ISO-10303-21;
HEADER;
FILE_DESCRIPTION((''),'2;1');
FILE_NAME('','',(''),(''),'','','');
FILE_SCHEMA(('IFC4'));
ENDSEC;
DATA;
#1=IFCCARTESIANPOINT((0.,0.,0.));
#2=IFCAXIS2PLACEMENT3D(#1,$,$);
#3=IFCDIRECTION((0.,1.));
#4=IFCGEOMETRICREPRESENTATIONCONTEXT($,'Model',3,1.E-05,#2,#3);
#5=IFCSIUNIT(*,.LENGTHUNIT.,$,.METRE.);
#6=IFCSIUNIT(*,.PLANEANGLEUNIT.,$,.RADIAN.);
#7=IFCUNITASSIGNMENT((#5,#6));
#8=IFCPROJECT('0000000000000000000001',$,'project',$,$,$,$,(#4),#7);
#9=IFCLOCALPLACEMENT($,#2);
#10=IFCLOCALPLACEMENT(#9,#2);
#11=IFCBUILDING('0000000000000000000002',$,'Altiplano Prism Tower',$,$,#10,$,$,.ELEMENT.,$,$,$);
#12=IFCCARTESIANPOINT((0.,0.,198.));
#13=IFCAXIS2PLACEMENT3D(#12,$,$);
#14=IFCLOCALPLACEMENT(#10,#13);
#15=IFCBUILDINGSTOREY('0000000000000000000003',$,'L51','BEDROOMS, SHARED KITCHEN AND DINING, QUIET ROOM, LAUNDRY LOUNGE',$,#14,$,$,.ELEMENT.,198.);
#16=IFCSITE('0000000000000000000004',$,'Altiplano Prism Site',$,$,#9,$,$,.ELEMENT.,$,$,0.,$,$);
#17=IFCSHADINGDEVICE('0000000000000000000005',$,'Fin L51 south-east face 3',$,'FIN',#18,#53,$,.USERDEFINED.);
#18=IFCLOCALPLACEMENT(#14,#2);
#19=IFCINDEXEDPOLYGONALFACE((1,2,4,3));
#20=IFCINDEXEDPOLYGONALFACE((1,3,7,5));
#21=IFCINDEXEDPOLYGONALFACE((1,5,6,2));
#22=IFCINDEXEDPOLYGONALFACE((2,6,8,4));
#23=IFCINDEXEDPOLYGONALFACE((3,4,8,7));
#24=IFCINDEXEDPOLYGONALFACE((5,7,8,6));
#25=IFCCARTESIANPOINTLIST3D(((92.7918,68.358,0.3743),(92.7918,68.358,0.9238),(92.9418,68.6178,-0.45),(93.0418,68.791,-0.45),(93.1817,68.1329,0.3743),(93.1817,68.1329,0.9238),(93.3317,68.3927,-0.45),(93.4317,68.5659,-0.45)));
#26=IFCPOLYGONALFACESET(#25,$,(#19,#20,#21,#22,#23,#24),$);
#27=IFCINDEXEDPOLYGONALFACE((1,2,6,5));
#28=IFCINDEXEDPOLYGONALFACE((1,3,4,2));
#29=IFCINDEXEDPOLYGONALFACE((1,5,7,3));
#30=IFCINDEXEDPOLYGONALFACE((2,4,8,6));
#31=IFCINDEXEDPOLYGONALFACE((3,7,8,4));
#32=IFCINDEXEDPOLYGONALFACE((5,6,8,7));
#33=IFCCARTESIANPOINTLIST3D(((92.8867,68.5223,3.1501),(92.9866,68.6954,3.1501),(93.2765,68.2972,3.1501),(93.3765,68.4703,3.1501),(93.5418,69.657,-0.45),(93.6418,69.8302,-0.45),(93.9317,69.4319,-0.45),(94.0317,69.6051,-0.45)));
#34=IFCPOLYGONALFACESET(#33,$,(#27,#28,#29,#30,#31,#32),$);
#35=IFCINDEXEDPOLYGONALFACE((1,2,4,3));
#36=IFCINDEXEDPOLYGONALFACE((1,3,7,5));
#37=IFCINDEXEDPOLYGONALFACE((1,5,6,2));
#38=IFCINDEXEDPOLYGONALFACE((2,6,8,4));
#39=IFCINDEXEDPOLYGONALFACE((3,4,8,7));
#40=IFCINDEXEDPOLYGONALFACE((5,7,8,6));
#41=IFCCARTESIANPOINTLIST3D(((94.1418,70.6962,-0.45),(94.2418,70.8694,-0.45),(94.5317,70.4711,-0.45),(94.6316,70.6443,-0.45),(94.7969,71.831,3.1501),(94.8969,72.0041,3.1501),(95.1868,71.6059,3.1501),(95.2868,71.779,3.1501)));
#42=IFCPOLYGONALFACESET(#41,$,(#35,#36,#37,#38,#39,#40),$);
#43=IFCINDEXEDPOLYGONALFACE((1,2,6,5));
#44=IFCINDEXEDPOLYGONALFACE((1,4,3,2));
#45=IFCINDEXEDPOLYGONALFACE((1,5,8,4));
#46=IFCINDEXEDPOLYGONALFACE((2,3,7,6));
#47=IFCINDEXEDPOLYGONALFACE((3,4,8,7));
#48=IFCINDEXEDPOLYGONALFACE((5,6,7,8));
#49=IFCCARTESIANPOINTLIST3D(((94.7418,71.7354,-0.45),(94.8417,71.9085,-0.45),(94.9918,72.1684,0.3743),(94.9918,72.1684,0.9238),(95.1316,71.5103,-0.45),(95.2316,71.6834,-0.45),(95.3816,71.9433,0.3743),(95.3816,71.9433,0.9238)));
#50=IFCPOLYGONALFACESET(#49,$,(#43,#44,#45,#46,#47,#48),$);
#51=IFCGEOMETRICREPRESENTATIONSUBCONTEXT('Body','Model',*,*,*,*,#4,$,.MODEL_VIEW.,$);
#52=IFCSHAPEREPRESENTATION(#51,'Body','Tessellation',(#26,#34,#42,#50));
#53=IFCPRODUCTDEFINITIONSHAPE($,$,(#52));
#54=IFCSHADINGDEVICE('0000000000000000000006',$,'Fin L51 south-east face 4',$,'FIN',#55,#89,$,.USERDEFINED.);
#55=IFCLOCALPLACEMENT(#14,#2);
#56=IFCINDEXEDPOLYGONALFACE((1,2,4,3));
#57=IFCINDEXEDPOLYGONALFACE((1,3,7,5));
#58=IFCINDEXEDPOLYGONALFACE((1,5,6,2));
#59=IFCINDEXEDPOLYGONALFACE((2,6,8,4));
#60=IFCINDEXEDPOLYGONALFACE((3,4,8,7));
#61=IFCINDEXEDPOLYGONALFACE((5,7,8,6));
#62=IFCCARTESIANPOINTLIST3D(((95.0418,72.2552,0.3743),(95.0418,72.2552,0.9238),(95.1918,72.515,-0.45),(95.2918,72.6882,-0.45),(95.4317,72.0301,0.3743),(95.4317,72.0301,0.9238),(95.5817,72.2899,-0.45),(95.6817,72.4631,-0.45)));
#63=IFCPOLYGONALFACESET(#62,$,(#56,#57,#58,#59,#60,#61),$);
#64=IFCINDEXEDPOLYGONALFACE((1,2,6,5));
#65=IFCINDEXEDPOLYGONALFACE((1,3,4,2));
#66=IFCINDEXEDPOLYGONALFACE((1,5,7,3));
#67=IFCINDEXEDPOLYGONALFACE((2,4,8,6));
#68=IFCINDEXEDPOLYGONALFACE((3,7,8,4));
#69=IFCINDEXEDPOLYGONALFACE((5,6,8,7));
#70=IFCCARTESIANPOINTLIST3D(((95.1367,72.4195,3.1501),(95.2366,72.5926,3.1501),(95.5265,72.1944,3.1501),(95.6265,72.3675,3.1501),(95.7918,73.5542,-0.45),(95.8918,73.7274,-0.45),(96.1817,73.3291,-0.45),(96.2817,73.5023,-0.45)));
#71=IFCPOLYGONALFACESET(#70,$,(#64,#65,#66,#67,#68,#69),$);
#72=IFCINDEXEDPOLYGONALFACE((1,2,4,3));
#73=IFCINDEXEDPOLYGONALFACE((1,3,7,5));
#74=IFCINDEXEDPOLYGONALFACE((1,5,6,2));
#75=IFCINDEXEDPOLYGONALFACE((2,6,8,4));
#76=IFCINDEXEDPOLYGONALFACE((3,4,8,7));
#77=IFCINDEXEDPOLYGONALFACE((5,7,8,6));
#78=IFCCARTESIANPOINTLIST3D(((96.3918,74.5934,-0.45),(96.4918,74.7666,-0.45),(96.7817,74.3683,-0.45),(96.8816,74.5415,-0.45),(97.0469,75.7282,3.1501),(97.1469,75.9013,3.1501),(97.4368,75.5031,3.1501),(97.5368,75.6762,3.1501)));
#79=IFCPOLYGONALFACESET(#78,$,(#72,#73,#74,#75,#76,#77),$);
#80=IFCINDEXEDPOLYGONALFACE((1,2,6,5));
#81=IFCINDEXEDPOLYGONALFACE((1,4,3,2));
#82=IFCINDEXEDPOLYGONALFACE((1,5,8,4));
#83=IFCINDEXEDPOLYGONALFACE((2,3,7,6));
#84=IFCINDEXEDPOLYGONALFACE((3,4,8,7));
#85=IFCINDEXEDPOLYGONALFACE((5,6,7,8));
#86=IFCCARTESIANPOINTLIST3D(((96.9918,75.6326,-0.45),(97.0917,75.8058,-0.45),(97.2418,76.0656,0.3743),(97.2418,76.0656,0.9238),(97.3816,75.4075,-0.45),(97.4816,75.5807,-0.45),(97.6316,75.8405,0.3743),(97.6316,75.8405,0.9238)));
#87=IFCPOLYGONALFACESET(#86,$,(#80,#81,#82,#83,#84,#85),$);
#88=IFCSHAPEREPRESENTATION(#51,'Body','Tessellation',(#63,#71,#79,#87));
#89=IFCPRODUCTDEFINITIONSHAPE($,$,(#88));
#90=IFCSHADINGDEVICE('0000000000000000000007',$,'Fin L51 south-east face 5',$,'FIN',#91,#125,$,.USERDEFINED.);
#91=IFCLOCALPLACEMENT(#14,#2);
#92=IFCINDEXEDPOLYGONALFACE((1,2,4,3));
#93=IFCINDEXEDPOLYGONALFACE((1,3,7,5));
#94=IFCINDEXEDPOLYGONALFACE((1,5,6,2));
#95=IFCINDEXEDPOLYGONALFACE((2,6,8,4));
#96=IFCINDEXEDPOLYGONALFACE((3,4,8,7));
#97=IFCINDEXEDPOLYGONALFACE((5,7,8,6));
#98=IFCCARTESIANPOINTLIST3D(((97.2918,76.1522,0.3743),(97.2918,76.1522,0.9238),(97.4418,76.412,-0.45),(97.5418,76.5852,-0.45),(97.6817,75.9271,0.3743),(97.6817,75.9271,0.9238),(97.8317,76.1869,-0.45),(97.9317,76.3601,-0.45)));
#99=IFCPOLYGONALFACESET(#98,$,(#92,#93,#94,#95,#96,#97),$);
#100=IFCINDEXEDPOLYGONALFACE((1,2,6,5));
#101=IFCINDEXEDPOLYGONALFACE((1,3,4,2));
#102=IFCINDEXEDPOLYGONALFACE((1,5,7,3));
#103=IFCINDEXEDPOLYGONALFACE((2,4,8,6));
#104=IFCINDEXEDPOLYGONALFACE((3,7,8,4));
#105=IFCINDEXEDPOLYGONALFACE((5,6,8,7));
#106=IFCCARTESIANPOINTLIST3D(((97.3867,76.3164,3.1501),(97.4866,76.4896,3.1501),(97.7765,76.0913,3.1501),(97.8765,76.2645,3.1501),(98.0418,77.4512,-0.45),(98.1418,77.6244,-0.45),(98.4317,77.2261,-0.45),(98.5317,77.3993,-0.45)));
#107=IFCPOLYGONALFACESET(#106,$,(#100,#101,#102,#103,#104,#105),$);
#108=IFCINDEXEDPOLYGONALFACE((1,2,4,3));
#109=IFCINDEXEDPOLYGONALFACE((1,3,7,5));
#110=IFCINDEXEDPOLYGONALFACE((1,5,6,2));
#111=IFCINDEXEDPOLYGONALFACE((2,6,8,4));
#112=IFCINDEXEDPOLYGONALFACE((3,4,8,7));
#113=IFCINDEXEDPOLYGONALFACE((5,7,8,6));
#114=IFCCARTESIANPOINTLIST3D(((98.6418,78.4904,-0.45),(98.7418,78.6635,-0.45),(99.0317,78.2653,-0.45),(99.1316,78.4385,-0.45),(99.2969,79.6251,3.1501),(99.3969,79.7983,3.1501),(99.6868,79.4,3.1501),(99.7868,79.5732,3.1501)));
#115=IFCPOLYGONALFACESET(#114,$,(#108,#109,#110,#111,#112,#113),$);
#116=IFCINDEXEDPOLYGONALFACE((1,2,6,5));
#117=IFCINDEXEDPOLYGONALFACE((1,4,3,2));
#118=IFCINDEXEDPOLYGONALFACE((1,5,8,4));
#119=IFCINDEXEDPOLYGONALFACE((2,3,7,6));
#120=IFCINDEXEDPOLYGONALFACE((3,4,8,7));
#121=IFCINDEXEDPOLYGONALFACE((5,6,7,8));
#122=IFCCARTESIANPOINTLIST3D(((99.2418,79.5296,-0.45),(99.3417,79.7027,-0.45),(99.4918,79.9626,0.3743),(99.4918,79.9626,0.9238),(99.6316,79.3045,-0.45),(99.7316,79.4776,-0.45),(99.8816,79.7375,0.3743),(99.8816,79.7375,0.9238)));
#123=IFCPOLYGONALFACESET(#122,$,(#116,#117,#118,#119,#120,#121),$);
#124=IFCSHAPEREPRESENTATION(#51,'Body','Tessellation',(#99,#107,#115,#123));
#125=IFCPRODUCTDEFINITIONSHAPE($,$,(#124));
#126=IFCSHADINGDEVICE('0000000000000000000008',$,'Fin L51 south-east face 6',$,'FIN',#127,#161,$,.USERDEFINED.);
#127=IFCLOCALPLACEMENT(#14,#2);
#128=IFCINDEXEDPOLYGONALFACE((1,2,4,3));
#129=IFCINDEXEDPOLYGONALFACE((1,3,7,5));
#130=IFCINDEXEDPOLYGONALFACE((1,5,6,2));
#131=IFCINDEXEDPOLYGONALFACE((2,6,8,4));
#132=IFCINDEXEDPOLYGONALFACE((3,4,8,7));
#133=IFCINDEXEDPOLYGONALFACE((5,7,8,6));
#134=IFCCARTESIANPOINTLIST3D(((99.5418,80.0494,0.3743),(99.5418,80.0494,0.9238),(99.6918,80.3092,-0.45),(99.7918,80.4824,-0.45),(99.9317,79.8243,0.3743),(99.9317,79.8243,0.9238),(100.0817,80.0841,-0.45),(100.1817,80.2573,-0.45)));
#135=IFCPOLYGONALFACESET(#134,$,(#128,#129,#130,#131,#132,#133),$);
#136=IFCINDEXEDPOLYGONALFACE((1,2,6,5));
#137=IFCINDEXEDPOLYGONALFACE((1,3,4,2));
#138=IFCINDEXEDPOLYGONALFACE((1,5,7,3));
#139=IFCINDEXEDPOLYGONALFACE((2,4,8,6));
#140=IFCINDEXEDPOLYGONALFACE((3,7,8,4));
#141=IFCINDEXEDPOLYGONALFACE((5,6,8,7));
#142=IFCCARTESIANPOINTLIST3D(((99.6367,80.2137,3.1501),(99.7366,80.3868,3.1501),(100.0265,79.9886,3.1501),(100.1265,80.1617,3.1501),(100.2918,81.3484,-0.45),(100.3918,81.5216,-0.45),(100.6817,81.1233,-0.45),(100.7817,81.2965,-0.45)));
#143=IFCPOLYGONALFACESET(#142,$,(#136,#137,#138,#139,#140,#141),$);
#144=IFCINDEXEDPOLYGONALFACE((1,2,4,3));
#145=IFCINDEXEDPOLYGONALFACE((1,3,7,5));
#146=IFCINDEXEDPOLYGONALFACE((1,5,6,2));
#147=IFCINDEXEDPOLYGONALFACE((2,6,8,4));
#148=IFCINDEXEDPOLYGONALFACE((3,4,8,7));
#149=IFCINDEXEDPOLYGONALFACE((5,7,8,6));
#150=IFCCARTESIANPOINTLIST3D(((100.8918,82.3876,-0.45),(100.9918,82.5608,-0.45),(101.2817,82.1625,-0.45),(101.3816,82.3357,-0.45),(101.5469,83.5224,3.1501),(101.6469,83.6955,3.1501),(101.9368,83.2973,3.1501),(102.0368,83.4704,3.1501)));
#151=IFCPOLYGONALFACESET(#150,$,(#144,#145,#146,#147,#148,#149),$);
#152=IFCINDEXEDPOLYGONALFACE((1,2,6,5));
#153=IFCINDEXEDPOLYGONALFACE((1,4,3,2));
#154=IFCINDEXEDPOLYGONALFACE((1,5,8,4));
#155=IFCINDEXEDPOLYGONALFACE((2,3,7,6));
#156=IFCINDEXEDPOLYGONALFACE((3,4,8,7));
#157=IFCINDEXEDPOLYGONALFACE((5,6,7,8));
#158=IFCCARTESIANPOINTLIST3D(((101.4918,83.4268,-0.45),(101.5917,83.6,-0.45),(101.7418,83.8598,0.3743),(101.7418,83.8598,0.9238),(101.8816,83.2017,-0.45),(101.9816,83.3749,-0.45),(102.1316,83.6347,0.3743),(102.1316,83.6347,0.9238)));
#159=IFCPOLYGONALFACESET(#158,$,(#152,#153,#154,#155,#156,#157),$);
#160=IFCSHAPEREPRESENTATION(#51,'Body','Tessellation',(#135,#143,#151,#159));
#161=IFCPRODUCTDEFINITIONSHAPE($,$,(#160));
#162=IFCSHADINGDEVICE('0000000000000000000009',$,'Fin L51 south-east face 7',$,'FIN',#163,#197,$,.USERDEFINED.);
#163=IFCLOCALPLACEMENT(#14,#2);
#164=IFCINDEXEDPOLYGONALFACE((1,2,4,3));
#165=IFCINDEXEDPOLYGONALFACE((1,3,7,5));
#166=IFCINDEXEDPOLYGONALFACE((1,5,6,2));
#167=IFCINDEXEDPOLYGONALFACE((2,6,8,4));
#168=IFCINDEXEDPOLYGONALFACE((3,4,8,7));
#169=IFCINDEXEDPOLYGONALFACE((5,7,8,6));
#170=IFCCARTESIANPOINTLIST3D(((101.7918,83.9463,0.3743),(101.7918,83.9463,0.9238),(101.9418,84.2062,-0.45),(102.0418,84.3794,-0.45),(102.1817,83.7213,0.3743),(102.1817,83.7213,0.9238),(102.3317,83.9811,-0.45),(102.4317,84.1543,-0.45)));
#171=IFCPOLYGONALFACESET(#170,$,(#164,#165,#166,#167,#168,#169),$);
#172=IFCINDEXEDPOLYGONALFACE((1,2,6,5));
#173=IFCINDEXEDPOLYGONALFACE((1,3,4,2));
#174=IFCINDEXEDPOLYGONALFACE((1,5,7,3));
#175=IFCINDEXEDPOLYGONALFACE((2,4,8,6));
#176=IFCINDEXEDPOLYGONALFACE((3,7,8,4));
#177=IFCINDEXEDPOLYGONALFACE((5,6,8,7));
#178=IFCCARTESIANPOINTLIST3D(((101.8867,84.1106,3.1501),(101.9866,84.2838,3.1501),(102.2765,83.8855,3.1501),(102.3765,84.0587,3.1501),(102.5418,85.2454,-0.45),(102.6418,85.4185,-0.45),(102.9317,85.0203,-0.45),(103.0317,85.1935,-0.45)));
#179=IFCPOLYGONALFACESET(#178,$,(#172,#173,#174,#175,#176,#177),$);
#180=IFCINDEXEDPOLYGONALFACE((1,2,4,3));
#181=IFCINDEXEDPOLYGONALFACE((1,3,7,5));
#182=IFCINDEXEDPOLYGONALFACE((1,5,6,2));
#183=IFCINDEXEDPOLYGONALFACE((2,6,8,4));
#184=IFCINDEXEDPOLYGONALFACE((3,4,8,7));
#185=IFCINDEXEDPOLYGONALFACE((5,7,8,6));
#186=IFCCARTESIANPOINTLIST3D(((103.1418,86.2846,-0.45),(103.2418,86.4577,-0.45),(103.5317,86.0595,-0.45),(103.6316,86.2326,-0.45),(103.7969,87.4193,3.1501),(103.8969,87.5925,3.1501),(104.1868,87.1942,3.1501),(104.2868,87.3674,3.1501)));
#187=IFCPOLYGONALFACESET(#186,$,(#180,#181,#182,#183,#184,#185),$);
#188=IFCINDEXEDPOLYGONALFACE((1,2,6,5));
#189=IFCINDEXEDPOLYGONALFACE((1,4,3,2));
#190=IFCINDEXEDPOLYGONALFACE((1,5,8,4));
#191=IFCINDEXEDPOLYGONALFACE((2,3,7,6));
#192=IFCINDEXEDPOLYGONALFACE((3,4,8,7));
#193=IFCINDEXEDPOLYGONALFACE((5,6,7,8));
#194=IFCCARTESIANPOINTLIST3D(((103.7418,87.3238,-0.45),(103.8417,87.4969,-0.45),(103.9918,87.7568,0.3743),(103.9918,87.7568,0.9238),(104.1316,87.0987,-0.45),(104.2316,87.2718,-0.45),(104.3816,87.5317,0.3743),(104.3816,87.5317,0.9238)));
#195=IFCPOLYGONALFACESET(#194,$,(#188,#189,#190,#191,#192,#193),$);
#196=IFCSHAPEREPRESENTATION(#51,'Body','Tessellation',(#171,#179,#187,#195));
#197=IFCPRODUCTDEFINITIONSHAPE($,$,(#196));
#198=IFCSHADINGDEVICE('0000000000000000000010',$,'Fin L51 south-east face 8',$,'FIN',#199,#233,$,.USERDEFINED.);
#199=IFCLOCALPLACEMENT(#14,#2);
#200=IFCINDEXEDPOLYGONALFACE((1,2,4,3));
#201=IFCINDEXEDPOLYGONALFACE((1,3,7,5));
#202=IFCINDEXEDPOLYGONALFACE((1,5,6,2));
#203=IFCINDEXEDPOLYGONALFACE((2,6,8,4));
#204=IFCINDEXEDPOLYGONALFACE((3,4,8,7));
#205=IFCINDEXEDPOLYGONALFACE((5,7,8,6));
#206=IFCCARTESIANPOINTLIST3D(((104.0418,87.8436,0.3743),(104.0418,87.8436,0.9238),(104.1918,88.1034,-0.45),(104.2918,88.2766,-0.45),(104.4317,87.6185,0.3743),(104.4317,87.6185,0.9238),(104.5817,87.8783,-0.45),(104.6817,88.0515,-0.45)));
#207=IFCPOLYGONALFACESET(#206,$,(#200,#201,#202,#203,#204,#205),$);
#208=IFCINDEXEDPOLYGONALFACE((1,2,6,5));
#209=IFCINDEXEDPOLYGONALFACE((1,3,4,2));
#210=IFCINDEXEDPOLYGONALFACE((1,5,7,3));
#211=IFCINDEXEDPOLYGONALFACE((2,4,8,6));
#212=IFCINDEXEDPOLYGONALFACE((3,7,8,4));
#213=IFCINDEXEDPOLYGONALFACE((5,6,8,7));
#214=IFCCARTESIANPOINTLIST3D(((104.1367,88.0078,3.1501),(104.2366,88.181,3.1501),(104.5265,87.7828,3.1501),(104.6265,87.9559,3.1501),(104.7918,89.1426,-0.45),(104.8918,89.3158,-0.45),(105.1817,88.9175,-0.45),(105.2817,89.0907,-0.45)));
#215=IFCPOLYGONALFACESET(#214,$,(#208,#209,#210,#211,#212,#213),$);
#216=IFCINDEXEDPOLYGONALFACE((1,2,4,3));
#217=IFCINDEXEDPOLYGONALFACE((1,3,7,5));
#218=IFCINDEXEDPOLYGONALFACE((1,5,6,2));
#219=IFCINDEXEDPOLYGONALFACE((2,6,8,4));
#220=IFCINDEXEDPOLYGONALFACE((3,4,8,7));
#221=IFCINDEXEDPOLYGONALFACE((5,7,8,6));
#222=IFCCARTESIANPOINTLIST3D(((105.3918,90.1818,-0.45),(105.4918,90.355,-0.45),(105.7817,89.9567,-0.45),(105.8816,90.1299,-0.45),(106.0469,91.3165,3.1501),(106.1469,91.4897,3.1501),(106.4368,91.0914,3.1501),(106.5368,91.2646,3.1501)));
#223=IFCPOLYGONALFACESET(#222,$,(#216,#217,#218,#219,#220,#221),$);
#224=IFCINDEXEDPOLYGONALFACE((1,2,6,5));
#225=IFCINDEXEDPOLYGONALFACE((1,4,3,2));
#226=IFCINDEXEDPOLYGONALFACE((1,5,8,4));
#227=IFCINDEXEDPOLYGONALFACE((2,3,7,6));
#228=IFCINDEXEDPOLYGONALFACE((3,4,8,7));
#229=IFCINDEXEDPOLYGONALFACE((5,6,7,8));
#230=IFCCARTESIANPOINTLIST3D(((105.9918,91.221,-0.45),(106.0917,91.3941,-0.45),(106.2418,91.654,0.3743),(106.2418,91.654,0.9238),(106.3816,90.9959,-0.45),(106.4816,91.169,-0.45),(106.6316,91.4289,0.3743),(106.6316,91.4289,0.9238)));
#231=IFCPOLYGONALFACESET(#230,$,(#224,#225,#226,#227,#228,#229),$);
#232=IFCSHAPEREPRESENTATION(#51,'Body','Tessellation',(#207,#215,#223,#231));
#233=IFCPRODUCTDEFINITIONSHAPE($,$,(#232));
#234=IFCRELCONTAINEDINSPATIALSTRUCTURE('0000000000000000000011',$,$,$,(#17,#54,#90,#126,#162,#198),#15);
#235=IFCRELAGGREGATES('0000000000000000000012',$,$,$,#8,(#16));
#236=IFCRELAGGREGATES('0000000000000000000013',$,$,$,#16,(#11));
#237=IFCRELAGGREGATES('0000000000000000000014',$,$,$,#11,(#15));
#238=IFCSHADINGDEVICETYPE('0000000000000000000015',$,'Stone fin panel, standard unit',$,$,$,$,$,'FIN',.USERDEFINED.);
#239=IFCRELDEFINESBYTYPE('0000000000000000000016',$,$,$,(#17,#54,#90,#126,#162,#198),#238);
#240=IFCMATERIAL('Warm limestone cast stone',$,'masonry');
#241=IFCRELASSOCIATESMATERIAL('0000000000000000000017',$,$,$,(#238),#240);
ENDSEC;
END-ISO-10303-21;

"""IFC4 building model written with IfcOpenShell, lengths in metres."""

from ifc_helpers import new_model, si_unit, direction, frame, origin, place, context, subcontext, project, spatial, polyline, outline, extrude, source, transform, mapped, material, type_object, element, save


model = new_model("IFC4")

# Units and contexts
model_context = context("Model", 3, precision=1e-05, world=origin(), true_north=direction((0.0, 1.0)))
body_context = subcontext(model_context, "Body", "Model", "MODEL_VIEW")
ifc_project = project(units=[si_unit("LENGTHUNIT", "METRE"), si_unit("PLANEANGLEUNIT", "RADIAN")], contexts=[model_context])

# Site, building, storey
site_placement = place(None, origin())
site = spatial("IfcSite", under=ifc_project, at=site_placement, Name="Altiplano Prism Site", CompositionType="ELEMENT", RefElevation=0.0)
building_placement = place(site_placement, origin())
building = spatial("IfcBuilding", under=site, at=building_placement, Name="Altiplano Prism Tower", CompositionType="ELEMENT")
storey_placement = place(building_placement, frame((0.0, 0.0, 198.0)))
storey = spatial("IfcBuildingStorey", under=building, at=storey_placement, Name="L51", Description="BEDROOMS, SHARED KITCHEN AND DINING, QUIET ROOM, LAUNDRY LOUNGE", CompositionType="ELEMENT", Elevation=198.0)

# Shading devices
ifc_material_1 = material(Name="Warm limestone cast stone", Category="masonry")
shading_device_type_1 = type_object("IfcShadingDeviceType", Name="Stone fin panel, standard unit", ElementType="FIN", PredefinedType="USERDEFINED", material=ifc_material_1)
shared_shape_1 = source(origin(), body_context, "Body", "SweptSolid", [
    extrude(outline(polyline([(-2.2, 1.3738), (-2.2, 0.8242), (-1.8999, 0.0), (-1.7, 0.0), (-2.2, 1.3738)])), frame((0.0, -0.1499, 0.0), z_axis=(0.0, -1.0, 0.0), x_axis=(1.0, 0.0, 0.0)), (0.0, 0.0, 1.0), 0.4502),
    extrude(outline(polyline([(-2.0103, 3.6001), (-0.7, 0.0), (-0.5, 0.0), (-1.8103, 3.6001), (-2.0103, 3.6001)])), frame((0.0, -0.1499, 0.0), z_axis=(0.0, -1.0, 0.0), x_axis=(1.0, 0.0, 0.0)), (0.0, 0.0, 1.0), 0.4502),
    extrude(outline(polyline([(1.8103, 3.6001), (0.5, 0.0), (0.7, 0.0), (2.0103, 3.6001), (1.8103, 3.6001)])), frame((0.0, -0.1499, 0.0), z_axis=(0.0, -1.0, 0.0), x_axis=(1.0, 0.0, 0.0)), (0.0, 0.0, 1.0), 0.4502),
    extrude(outline(polyline([(2.2, 0.8242), (2.2, 1.3738), (1.7, 0.0), (1.8999, 0.0), (2.2, 0.8242)])), frame((0.0, -0.1499, 0.0), z_axis=(0.0, -1.0, 0.0), x_axis=(1.0, 0.0, 0.0)), (0.0, 0.0, 1.0), 0.4502),
])
shading_device_1_placement = place(storey_placement, origin())
element("IfcShadingDevice", 1, at=shading_device_1_placement, inside=storey, type_object=shading_device_type_1, Name="Fin L51 south-east face 3", ObjectType="FIN", PredefinedType="USERDEFINED", context=body_context, shape_type="MappedRepresentation", body=[
    mapped(shared_shape_1, transform((93.762, 70.3381, -0.45), x_axis=(0.5, 0.866025, 0.0), y_axis=(-0.866025, 0.5, 0.0), z_axis=(0.0, 0.0, 1.0))),
])
shading_device_2_placement = place(storey_placement, origin())
element("IfcShadingDevice", 2, at=shading_device_2_placement, inside=storey, type_object=shading_device_type_1, Name="Fin L51 south-east face 4", ObjectType="FIN", PredefinedType="USERDEFINED", context=body_context, shape_type="MappedRepresentation", body=[
    mapped(shared_shape_1, transform((96.012, 74.2354, -0.45), x_axis=(0.5, 0.866025, 0.0), y_axis=(-0.866025, 0.5, 0.0), z_axis=(0.0, 0.0, 1.0))),
])
shading_device_3_placement = place(storey_placement, origin())
element("IfcShadingDevice", 3, at=shading_device_3_placement, inside=storey, type_object=shading_device_type_1, Name="Fin L51 south-east face 5", ObjectType="FIN", PredefinedType="USERDEFINED", context=body_context, shape_type="MappedRepresentation", body=[
    mapped(shared_shape_1, transform((98.262, 78.1323, -0.45), x_axis=(0.5, 0.866025, 0.0), y_axis=(-0.866025, 0.5, 0.0), z_axis=(0.0, 0.0, 1.0))),
])
shading_device_4_placement = place(storey_placement, origin())
element("IfcShadingDevice", 4, at=shading_device_4_placement, inside=storey, type_object=shading_device_type_1, Name="Fin L51 south-east face 6", ObjectType="FIN", PredefinedType="USERDEFINED", context=body_context, shape_type="MappedRepresentation", body=[
    mapped(shared_shape_1, transform((100.512, 82.0295, -0.45), x_axis=(0.5, 0.866025, 0.0), y_axis=(-0.866025, 0.5, 0.0), z_axis=(0.0, 0.0, 1.0))),
])
shading_device_5_placement = place(storey_placement, origin())
element("IfcShadingDevice", 5, at=shading_device_5_placement, inside=storey, type_object=shading_device_type_1, Name="Fin L51 south-east face 7", ObjectType="FIN", PredefinedType="USERDEFINED", context=body_context, shape_type="MappedRepresentation", body=[
    mapped(shared_shape_1, transform((102.762, 85.9265, -0.45), x_axis=(0.5, 0.866025, 0.0), y_axis=(-0.866025, 0.5, 0.0), z_axis=(0.0, 0.0, 1.0))),
])
shading_device_6_placement = place(storey_placement, origin())
element("IfcShadingDevice", 6, at=shading_device_6_placement, inside=storey, type_object=shading_device_type_1, Name="Fin L51 south-east face 8", ObjectType="FIN", PredefinedType="USERDEFINED", context=body_context, shape_type="MappedRepresentation", body=[
    mapped(shared_shape_1, transform((105.012, 89.8237, -0.45), x_axis=(0.5, 0.866025, 0.0), y_axis=(-0.866025, 0.5, 0.0), z_axis=(0.0, 0.0, 1.0))),
])

save(model, "model.ifc")
